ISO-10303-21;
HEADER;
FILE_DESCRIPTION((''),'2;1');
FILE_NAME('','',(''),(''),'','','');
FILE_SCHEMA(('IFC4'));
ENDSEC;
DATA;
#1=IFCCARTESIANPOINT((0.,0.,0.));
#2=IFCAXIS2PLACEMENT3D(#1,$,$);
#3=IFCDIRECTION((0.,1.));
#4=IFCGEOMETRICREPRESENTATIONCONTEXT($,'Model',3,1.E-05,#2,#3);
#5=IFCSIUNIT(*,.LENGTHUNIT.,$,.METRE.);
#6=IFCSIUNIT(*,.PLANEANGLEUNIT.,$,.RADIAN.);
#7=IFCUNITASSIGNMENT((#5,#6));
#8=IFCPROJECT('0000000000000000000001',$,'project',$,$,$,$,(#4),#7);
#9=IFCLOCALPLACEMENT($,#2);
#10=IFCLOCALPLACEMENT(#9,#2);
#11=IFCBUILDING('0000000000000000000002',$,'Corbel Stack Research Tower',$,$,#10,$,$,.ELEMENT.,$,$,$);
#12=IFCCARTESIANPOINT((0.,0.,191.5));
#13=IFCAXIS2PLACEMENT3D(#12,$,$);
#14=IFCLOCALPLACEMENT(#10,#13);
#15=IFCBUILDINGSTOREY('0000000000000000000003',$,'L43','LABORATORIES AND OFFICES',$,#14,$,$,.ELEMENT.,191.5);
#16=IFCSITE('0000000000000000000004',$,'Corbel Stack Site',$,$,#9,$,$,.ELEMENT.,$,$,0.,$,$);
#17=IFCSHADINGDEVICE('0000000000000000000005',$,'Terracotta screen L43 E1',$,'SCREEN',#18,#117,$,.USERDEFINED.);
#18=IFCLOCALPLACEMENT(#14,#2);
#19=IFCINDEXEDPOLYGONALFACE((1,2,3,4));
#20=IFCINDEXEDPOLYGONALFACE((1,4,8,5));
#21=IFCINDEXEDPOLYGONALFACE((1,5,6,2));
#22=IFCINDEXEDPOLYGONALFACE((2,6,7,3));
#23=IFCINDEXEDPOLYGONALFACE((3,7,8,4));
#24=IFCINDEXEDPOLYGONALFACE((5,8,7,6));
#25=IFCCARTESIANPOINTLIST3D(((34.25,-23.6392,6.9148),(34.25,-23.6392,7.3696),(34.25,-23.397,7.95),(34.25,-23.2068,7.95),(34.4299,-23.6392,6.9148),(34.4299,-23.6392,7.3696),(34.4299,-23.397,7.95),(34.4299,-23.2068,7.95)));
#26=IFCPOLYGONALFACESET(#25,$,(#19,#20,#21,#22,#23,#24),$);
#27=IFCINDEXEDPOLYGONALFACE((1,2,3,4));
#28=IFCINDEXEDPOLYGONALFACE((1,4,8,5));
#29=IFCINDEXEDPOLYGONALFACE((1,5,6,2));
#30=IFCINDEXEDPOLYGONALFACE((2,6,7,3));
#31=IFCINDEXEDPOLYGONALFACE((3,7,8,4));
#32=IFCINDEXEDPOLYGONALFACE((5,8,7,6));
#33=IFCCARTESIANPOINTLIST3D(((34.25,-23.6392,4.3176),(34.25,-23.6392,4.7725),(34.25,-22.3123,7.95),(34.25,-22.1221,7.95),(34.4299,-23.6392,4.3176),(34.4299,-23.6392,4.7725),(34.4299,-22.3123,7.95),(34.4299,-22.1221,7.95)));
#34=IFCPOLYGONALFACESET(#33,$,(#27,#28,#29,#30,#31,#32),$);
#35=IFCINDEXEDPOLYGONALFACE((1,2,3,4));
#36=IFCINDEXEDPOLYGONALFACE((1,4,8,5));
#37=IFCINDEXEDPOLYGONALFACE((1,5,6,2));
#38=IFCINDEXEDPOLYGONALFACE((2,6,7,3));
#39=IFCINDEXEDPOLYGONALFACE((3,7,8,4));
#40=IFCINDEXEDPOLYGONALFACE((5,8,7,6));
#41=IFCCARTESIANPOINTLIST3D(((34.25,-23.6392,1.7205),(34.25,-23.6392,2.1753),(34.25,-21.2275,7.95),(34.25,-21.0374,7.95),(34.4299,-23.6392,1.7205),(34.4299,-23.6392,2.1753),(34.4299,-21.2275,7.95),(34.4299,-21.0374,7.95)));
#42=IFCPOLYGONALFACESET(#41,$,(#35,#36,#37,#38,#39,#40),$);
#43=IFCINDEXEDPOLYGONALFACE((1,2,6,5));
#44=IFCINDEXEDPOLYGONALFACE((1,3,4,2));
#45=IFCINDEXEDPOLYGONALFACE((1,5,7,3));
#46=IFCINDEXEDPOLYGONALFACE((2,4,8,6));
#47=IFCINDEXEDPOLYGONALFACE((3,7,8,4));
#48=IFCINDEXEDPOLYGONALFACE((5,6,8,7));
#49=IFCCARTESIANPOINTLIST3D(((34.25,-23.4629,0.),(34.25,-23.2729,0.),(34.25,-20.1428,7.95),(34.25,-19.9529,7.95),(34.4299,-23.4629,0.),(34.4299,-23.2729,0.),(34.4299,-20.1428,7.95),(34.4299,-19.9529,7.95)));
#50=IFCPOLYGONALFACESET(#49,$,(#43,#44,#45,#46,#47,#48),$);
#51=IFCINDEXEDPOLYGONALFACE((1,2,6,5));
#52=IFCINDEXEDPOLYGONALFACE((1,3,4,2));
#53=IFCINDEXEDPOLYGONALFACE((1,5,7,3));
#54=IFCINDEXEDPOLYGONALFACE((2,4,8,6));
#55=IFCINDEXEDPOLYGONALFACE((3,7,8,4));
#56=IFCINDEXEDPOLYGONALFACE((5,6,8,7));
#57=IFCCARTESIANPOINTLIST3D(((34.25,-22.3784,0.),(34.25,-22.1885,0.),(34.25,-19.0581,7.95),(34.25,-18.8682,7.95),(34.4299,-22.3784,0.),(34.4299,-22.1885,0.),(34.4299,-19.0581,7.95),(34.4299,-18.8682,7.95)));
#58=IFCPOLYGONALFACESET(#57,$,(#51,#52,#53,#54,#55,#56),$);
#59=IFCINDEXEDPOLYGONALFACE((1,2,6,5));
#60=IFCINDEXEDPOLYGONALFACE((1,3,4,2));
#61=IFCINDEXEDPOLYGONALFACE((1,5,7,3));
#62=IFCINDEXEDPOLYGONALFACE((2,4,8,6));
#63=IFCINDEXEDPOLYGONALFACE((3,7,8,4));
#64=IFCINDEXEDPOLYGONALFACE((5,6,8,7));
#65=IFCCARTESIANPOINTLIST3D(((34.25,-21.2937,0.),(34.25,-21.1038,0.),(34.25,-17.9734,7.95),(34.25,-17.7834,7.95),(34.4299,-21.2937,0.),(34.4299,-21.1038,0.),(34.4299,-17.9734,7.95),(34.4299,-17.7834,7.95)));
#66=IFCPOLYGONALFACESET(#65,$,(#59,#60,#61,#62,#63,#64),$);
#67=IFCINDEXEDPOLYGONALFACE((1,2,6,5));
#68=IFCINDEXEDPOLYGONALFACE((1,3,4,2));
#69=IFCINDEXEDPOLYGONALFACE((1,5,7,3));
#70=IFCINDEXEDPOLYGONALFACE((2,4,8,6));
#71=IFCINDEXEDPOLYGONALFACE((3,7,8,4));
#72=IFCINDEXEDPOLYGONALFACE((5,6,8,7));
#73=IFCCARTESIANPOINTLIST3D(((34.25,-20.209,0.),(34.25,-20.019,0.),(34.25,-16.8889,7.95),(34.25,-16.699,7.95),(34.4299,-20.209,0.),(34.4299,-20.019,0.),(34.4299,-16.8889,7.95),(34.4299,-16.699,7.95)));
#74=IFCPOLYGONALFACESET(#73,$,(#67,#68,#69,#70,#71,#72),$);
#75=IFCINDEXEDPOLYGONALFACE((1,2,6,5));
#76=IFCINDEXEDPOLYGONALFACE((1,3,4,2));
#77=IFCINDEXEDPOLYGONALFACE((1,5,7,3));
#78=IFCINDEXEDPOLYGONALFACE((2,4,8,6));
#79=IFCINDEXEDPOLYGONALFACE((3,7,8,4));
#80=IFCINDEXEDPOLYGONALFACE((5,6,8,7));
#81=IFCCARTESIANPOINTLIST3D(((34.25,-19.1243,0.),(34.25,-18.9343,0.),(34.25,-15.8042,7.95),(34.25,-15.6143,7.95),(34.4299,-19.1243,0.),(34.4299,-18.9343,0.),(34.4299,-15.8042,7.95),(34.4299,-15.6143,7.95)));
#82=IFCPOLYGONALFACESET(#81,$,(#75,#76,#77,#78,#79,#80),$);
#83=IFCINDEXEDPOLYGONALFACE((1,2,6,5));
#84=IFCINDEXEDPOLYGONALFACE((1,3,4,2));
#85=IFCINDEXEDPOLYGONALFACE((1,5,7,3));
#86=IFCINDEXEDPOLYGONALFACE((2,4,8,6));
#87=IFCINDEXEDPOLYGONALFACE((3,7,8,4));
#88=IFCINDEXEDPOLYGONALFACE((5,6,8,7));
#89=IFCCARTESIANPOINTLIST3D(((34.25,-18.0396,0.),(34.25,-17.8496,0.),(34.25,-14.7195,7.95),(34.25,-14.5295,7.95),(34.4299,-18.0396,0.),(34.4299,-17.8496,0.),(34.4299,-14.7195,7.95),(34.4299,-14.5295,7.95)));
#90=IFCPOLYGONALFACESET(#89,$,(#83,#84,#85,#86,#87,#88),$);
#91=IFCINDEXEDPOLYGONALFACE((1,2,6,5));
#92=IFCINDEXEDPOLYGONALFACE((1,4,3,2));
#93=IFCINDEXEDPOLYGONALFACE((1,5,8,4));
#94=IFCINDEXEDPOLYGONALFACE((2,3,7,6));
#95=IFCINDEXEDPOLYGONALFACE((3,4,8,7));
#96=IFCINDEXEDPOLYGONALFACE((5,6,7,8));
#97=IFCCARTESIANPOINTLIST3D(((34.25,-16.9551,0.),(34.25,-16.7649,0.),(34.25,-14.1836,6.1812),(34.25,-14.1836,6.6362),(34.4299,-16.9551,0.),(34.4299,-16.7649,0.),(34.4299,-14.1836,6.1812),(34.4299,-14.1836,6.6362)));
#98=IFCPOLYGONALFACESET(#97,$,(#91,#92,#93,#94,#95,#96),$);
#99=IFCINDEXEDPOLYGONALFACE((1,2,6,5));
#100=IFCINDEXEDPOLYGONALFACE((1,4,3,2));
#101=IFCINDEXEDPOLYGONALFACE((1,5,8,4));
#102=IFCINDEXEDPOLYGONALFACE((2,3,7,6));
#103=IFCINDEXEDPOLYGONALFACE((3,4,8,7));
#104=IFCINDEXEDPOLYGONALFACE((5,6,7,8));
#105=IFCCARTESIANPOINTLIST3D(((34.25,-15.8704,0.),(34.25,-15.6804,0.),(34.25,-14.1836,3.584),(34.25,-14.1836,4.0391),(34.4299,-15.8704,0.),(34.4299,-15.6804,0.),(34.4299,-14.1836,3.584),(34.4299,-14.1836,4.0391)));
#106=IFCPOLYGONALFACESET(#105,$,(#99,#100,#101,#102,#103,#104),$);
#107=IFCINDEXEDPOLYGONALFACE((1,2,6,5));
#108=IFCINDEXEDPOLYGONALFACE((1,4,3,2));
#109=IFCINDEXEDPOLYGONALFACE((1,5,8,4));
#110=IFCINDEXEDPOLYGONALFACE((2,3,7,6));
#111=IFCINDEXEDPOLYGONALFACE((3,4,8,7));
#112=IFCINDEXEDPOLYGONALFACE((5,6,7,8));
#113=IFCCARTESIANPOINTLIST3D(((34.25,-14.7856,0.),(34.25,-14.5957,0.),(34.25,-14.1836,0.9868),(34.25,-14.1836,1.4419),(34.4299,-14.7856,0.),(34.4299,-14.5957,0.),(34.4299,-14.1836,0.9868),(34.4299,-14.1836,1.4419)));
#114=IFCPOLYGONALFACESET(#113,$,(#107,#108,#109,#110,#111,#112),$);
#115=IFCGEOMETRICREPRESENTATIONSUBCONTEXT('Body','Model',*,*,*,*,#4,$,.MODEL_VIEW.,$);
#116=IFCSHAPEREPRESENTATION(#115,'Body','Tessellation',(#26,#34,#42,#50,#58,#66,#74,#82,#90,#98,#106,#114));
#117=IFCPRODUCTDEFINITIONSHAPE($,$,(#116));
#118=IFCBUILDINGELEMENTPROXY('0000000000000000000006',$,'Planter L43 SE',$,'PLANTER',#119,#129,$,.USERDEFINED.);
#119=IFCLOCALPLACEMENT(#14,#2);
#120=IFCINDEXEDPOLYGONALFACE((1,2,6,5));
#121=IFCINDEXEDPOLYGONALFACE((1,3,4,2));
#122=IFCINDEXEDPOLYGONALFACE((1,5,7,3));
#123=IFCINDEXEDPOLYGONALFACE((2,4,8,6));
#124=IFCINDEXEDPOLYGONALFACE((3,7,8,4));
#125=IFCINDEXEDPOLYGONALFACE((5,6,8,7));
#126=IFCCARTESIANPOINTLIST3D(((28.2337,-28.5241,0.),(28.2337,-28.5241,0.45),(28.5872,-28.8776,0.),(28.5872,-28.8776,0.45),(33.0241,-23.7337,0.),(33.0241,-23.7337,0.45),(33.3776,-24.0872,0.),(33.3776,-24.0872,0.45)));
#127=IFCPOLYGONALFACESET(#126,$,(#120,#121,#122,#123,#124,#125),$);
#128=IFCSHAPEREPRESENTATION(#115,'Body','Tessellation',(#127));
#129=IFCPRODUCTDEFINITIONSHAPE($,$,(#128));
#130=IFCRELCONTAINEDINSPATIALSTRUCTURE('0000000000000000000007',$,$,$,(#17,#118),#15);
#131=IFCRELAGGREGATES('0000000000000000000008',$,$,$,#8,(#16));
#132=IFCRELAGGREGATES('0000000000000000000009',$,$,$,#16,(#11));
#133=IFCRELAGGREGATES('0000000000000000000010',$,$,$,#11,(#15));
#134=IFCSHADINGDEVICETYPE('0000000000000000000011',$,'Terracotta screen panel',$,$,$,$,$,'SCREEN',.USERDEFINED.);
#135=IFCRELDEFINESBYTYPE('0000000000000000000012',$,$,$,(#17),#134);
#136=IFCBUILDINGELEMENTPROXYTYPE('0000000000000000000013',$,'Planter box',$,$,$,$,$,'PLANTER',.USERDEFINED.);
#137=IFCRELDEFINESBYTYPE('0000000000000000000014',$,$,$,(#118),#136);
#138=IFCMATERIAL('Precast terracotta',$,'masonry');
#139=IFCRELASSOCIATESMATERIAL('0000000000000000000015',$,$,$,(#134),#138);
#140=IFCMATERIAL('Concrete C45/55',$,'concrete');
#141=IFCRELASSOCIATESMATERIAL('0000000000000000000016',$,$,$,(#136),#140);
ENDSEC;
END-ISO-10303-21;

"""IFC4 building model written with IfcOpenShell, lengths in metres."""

from ifc_helpers import new_model, si_unit, direction, frame, origin, origin_2d, place, context, subcontext, project, spatial, polyline, rectangle, outline, extrude, source, transform, mapped, material, type_object, element, save


model = new_model("IFC4")

# Units and contexts
model_context = context("Model", 3, precision=1e-05, world=origin(), true_north=direction((0.0, 1.0)))
body_context = subcontext(model_context, "Body", "Model", "MODEL_VIEW")
ifc_project = project(units=[si_unit("LENGTHUNIT", "METRE"), si_unit("PLANEANGLEUNIT", "RADIAN")], contexts=[model_context])

# Site, building, storey
site_placement = place(None, origin())
site = spatial("IfcSite", under=ifc_project, at=site_placement, Name="Corbel Stack Site", CompositionType="ELEMENT", RefElevation=0.0)
building_placement = place(site_placement, origin())
building = spatial("IfcBuilding", under=site, at=building_placement, Name="Corbel Stack Research Tower", CompositionType="ELEMENT")
storey_placement = place(building_placement, frame((0.0, 0.0, 191.5)))
storey = spatial("IfcBuildingStorey", under=building, at=storey_placement, Name="L43", Description="LABORATORIES AND OFFICES", CompositionType="ELEMENT", Elevation=191.5)

# Shading device
ifc_material_1 = material(Name="Precast terracotta", Category="masonry")
shading_device_type = type_object("IfcShadingDeviceType", Name="Terracotta screen panel", ElementType="SCREEN", PredefinedType="USERDEFINED", material=ifc_material_1)
shared_shape_1 = source(origin(), body_context, "Body", "SweptSolid", [
    extrude(outline(polyline([(0.4324, 7.95), (0.2422, 7.95), (0.0, 7.3696), (0.0, 6.9148), (0.4324, 7.95)])), frame((0.0, 0.0, 0.0), z_axis=(0.0, -1.0, 0.0), x_axis=(1.0, 0.0, 0.0)), (0.0, 0.0, 1.0), 0.1799),
    extrude(outline(polyline([(1.5171, 7.95), (1.3269, 7.95), (0.0, 4.7725), (0.0, 4.3176), (1.5171, 7.95)])), frame((0.0, 0.0, 0.0), z_axis=(0.0, -1.0, 0.0), x_axis=(1.0, 0.0, 0.0)), (0.0, 0.0, 1.0), 0.1799),
    extrude(outline(polyline([(2.6018, 7.95), (2.4116, 7.95), (0.0, 2.1753), (0.0, 1.7205), (2.6018, 7.95)])), frame((0.0, 0.0, 0.0), z_axis=(0.0, -1.0, 0.0), x_axis=(1.0, 0.0, 0.0)), (0.0, 0.0, 1.0), 0.1799),
    extrude(outline(polyline([(0.3662, 0.0), (3.6863, 7.95), (3.4963, 7.95), (0.1763, 0.0), (0.3662, 0.0)])), frame((0.0, 0.0, 0.0), z_axis=(0.0, -1.0, 0.0), x_axis=(1.0, 0.0, 0.0)), (0.0, 0.0, 1.0), 0.1799),
    extrude(outline(polyline([(1.4507, 0.0), (4.771, 7.95), (4.5811, 7.95), (1.2607, 0.0), (1.4507, 0.0)])), frame((0.0, 0.0, 0.0), z_axis=(0.0, -1.0, 0.0), x_axis=(1.0, 0.0, 0.0)), (0.0, 0.0, 1.0), 0.1799),
    extrude(outline(polyline([(2.5354, 0.0), (5.8557, 7.95), (5.6658, 7.95), (2.3455, 0.0), (2.5354, 0.0)])), frame((0.0, 0.0, 0.0), z_axis=(0.0, -1.0, 0.0), x_axis=(1.0, 0.0, 0.0)), (0.0, 0.0, 1.0), 0.1799),
    extrude(outline(polyline([(3.6201, 0.0), (6.9402, 7.95), (6.7502, 7.95), (3.4302, 0.0), (3.6201, 0.0)])), frame((0.0, 0.0, 0.0), z_axis=(0.0, -1.0, 0.0), x_axis=(1.0, 0.0, 0.0)), (0.0, 0.0, 1.0), 0.1799),
    extrude(outline(polyline([(4.7048, 0.0), (8.0249, 7.95), (7.835, 7.95), (4.5149, 0.0), (4.7048, 0.0)])), frame((0.0, 0.0, 0.0), z_axis=(0.0, -1.0, 0.0), x_axis=(1.0, 0.0, 0.0)), (0.0, 0.0, 1.0), 0.1799),
    extrude(outline(polyline([(5.7896, 0.0), (9.1096, 7.95), (8.9197, 7.95), (5.5996, 0.0), (5.7896, 0.0)])), frame((0.0, 0.0, 0.0), z_axis=(0.0, -1.0, 0.0), x_axis=(1.0, 0.0, 0.0)), (0.0, 0.0, 1.0), 0.1799),
    extrude(outline(polyline([(6.8743, 0.0), (9.4556, 6.1812), (9.4556, 6.6362), (6.6841, 0.0), (6.8743, 0.0)])), frame((0.0, 0.0, 0.0), z_axis=(0.0, -1.0, 0.0), x_axis=(1.0, 0.0, 0.0)), (0.0, 0.0, 1.0), 0.1799),
    extrude(outline(polyline([(7.9587, 0.0), (9.4556, 3.584), (9.4556, 4.0391), (7.7688, 0.0), (7.9587, 0.0)])), frame((0.0, 0.0, 0.0), z_axis=(0.0, -1.0, 0.0), x_axis=(1.0, 0.0, 0.0)), (0.0, 0.0, 1.0), 0.1799),
    extrude(outline(polyline([(9.0435, 0.0), (9.4556, 0.9868), (9.4556, 1.4419), (8.8535, 0.0), (9.0435, 0.0)])), frame((0.0, 0.0, 0.0), z_axis=(0.0, -1.0, 0.0), x_axis=(1.0, 0.0, 0.0)), (0.0, 0.0, 1.0), 0.1799),
])
shading_device_1_placement = place(storey_placement, frame((34.25, -23.6392, 0.0), z_axis=(0.0, 0.0, 1.0), x_axis=(0.0, 1.0, 0.0)))
element("IfcShadingDevice", 1, at=shading_device_1_placement, inside=storey, type_object=shading_device_type, Name="Terracotta screen L43 E1", ObjectType="SCREEN", PredefinedType="USERDEFINED", context=body_context, shape_type="MappedRepresentation", body=[
    mapped(shared_shape_1, transform((0.0, 0.0, 0.0))),
])

# Building element proxy
ifc_material_2 = material(Name="Concrete C45/55", Category="concrete")
building_element_proxy_type = type_object("IfcBuildingElementProxyType", Name="Planter box", ElementType="PLANTER", PredefinedType="USERDEFINED", material=ifc_material_2)
proxy_placement = place(storey_placement, frame((30.8057, -26.3057, 0.0), z_axis=(0.0, 0.0, 1.0), x_axis=(0.707107, 0.707107, 0.0)))
element("IfcBuildingElementProxy", 2, at=proxy_placement, inside=storey, type_object=building_element_proxy_type, Name="Planter L43 SE", ObjectType="PLANTER", PredefinedType="USERDEFINED", context=body_context, shape_type="SweptSolid", body=[
    extrude(rectangle(XDim=6.7747, YDim=0.5, at=origin_2d()), origin(), (0.0, 0.0, 1.0), 0.45),
])

save(model, "model.ifc")
